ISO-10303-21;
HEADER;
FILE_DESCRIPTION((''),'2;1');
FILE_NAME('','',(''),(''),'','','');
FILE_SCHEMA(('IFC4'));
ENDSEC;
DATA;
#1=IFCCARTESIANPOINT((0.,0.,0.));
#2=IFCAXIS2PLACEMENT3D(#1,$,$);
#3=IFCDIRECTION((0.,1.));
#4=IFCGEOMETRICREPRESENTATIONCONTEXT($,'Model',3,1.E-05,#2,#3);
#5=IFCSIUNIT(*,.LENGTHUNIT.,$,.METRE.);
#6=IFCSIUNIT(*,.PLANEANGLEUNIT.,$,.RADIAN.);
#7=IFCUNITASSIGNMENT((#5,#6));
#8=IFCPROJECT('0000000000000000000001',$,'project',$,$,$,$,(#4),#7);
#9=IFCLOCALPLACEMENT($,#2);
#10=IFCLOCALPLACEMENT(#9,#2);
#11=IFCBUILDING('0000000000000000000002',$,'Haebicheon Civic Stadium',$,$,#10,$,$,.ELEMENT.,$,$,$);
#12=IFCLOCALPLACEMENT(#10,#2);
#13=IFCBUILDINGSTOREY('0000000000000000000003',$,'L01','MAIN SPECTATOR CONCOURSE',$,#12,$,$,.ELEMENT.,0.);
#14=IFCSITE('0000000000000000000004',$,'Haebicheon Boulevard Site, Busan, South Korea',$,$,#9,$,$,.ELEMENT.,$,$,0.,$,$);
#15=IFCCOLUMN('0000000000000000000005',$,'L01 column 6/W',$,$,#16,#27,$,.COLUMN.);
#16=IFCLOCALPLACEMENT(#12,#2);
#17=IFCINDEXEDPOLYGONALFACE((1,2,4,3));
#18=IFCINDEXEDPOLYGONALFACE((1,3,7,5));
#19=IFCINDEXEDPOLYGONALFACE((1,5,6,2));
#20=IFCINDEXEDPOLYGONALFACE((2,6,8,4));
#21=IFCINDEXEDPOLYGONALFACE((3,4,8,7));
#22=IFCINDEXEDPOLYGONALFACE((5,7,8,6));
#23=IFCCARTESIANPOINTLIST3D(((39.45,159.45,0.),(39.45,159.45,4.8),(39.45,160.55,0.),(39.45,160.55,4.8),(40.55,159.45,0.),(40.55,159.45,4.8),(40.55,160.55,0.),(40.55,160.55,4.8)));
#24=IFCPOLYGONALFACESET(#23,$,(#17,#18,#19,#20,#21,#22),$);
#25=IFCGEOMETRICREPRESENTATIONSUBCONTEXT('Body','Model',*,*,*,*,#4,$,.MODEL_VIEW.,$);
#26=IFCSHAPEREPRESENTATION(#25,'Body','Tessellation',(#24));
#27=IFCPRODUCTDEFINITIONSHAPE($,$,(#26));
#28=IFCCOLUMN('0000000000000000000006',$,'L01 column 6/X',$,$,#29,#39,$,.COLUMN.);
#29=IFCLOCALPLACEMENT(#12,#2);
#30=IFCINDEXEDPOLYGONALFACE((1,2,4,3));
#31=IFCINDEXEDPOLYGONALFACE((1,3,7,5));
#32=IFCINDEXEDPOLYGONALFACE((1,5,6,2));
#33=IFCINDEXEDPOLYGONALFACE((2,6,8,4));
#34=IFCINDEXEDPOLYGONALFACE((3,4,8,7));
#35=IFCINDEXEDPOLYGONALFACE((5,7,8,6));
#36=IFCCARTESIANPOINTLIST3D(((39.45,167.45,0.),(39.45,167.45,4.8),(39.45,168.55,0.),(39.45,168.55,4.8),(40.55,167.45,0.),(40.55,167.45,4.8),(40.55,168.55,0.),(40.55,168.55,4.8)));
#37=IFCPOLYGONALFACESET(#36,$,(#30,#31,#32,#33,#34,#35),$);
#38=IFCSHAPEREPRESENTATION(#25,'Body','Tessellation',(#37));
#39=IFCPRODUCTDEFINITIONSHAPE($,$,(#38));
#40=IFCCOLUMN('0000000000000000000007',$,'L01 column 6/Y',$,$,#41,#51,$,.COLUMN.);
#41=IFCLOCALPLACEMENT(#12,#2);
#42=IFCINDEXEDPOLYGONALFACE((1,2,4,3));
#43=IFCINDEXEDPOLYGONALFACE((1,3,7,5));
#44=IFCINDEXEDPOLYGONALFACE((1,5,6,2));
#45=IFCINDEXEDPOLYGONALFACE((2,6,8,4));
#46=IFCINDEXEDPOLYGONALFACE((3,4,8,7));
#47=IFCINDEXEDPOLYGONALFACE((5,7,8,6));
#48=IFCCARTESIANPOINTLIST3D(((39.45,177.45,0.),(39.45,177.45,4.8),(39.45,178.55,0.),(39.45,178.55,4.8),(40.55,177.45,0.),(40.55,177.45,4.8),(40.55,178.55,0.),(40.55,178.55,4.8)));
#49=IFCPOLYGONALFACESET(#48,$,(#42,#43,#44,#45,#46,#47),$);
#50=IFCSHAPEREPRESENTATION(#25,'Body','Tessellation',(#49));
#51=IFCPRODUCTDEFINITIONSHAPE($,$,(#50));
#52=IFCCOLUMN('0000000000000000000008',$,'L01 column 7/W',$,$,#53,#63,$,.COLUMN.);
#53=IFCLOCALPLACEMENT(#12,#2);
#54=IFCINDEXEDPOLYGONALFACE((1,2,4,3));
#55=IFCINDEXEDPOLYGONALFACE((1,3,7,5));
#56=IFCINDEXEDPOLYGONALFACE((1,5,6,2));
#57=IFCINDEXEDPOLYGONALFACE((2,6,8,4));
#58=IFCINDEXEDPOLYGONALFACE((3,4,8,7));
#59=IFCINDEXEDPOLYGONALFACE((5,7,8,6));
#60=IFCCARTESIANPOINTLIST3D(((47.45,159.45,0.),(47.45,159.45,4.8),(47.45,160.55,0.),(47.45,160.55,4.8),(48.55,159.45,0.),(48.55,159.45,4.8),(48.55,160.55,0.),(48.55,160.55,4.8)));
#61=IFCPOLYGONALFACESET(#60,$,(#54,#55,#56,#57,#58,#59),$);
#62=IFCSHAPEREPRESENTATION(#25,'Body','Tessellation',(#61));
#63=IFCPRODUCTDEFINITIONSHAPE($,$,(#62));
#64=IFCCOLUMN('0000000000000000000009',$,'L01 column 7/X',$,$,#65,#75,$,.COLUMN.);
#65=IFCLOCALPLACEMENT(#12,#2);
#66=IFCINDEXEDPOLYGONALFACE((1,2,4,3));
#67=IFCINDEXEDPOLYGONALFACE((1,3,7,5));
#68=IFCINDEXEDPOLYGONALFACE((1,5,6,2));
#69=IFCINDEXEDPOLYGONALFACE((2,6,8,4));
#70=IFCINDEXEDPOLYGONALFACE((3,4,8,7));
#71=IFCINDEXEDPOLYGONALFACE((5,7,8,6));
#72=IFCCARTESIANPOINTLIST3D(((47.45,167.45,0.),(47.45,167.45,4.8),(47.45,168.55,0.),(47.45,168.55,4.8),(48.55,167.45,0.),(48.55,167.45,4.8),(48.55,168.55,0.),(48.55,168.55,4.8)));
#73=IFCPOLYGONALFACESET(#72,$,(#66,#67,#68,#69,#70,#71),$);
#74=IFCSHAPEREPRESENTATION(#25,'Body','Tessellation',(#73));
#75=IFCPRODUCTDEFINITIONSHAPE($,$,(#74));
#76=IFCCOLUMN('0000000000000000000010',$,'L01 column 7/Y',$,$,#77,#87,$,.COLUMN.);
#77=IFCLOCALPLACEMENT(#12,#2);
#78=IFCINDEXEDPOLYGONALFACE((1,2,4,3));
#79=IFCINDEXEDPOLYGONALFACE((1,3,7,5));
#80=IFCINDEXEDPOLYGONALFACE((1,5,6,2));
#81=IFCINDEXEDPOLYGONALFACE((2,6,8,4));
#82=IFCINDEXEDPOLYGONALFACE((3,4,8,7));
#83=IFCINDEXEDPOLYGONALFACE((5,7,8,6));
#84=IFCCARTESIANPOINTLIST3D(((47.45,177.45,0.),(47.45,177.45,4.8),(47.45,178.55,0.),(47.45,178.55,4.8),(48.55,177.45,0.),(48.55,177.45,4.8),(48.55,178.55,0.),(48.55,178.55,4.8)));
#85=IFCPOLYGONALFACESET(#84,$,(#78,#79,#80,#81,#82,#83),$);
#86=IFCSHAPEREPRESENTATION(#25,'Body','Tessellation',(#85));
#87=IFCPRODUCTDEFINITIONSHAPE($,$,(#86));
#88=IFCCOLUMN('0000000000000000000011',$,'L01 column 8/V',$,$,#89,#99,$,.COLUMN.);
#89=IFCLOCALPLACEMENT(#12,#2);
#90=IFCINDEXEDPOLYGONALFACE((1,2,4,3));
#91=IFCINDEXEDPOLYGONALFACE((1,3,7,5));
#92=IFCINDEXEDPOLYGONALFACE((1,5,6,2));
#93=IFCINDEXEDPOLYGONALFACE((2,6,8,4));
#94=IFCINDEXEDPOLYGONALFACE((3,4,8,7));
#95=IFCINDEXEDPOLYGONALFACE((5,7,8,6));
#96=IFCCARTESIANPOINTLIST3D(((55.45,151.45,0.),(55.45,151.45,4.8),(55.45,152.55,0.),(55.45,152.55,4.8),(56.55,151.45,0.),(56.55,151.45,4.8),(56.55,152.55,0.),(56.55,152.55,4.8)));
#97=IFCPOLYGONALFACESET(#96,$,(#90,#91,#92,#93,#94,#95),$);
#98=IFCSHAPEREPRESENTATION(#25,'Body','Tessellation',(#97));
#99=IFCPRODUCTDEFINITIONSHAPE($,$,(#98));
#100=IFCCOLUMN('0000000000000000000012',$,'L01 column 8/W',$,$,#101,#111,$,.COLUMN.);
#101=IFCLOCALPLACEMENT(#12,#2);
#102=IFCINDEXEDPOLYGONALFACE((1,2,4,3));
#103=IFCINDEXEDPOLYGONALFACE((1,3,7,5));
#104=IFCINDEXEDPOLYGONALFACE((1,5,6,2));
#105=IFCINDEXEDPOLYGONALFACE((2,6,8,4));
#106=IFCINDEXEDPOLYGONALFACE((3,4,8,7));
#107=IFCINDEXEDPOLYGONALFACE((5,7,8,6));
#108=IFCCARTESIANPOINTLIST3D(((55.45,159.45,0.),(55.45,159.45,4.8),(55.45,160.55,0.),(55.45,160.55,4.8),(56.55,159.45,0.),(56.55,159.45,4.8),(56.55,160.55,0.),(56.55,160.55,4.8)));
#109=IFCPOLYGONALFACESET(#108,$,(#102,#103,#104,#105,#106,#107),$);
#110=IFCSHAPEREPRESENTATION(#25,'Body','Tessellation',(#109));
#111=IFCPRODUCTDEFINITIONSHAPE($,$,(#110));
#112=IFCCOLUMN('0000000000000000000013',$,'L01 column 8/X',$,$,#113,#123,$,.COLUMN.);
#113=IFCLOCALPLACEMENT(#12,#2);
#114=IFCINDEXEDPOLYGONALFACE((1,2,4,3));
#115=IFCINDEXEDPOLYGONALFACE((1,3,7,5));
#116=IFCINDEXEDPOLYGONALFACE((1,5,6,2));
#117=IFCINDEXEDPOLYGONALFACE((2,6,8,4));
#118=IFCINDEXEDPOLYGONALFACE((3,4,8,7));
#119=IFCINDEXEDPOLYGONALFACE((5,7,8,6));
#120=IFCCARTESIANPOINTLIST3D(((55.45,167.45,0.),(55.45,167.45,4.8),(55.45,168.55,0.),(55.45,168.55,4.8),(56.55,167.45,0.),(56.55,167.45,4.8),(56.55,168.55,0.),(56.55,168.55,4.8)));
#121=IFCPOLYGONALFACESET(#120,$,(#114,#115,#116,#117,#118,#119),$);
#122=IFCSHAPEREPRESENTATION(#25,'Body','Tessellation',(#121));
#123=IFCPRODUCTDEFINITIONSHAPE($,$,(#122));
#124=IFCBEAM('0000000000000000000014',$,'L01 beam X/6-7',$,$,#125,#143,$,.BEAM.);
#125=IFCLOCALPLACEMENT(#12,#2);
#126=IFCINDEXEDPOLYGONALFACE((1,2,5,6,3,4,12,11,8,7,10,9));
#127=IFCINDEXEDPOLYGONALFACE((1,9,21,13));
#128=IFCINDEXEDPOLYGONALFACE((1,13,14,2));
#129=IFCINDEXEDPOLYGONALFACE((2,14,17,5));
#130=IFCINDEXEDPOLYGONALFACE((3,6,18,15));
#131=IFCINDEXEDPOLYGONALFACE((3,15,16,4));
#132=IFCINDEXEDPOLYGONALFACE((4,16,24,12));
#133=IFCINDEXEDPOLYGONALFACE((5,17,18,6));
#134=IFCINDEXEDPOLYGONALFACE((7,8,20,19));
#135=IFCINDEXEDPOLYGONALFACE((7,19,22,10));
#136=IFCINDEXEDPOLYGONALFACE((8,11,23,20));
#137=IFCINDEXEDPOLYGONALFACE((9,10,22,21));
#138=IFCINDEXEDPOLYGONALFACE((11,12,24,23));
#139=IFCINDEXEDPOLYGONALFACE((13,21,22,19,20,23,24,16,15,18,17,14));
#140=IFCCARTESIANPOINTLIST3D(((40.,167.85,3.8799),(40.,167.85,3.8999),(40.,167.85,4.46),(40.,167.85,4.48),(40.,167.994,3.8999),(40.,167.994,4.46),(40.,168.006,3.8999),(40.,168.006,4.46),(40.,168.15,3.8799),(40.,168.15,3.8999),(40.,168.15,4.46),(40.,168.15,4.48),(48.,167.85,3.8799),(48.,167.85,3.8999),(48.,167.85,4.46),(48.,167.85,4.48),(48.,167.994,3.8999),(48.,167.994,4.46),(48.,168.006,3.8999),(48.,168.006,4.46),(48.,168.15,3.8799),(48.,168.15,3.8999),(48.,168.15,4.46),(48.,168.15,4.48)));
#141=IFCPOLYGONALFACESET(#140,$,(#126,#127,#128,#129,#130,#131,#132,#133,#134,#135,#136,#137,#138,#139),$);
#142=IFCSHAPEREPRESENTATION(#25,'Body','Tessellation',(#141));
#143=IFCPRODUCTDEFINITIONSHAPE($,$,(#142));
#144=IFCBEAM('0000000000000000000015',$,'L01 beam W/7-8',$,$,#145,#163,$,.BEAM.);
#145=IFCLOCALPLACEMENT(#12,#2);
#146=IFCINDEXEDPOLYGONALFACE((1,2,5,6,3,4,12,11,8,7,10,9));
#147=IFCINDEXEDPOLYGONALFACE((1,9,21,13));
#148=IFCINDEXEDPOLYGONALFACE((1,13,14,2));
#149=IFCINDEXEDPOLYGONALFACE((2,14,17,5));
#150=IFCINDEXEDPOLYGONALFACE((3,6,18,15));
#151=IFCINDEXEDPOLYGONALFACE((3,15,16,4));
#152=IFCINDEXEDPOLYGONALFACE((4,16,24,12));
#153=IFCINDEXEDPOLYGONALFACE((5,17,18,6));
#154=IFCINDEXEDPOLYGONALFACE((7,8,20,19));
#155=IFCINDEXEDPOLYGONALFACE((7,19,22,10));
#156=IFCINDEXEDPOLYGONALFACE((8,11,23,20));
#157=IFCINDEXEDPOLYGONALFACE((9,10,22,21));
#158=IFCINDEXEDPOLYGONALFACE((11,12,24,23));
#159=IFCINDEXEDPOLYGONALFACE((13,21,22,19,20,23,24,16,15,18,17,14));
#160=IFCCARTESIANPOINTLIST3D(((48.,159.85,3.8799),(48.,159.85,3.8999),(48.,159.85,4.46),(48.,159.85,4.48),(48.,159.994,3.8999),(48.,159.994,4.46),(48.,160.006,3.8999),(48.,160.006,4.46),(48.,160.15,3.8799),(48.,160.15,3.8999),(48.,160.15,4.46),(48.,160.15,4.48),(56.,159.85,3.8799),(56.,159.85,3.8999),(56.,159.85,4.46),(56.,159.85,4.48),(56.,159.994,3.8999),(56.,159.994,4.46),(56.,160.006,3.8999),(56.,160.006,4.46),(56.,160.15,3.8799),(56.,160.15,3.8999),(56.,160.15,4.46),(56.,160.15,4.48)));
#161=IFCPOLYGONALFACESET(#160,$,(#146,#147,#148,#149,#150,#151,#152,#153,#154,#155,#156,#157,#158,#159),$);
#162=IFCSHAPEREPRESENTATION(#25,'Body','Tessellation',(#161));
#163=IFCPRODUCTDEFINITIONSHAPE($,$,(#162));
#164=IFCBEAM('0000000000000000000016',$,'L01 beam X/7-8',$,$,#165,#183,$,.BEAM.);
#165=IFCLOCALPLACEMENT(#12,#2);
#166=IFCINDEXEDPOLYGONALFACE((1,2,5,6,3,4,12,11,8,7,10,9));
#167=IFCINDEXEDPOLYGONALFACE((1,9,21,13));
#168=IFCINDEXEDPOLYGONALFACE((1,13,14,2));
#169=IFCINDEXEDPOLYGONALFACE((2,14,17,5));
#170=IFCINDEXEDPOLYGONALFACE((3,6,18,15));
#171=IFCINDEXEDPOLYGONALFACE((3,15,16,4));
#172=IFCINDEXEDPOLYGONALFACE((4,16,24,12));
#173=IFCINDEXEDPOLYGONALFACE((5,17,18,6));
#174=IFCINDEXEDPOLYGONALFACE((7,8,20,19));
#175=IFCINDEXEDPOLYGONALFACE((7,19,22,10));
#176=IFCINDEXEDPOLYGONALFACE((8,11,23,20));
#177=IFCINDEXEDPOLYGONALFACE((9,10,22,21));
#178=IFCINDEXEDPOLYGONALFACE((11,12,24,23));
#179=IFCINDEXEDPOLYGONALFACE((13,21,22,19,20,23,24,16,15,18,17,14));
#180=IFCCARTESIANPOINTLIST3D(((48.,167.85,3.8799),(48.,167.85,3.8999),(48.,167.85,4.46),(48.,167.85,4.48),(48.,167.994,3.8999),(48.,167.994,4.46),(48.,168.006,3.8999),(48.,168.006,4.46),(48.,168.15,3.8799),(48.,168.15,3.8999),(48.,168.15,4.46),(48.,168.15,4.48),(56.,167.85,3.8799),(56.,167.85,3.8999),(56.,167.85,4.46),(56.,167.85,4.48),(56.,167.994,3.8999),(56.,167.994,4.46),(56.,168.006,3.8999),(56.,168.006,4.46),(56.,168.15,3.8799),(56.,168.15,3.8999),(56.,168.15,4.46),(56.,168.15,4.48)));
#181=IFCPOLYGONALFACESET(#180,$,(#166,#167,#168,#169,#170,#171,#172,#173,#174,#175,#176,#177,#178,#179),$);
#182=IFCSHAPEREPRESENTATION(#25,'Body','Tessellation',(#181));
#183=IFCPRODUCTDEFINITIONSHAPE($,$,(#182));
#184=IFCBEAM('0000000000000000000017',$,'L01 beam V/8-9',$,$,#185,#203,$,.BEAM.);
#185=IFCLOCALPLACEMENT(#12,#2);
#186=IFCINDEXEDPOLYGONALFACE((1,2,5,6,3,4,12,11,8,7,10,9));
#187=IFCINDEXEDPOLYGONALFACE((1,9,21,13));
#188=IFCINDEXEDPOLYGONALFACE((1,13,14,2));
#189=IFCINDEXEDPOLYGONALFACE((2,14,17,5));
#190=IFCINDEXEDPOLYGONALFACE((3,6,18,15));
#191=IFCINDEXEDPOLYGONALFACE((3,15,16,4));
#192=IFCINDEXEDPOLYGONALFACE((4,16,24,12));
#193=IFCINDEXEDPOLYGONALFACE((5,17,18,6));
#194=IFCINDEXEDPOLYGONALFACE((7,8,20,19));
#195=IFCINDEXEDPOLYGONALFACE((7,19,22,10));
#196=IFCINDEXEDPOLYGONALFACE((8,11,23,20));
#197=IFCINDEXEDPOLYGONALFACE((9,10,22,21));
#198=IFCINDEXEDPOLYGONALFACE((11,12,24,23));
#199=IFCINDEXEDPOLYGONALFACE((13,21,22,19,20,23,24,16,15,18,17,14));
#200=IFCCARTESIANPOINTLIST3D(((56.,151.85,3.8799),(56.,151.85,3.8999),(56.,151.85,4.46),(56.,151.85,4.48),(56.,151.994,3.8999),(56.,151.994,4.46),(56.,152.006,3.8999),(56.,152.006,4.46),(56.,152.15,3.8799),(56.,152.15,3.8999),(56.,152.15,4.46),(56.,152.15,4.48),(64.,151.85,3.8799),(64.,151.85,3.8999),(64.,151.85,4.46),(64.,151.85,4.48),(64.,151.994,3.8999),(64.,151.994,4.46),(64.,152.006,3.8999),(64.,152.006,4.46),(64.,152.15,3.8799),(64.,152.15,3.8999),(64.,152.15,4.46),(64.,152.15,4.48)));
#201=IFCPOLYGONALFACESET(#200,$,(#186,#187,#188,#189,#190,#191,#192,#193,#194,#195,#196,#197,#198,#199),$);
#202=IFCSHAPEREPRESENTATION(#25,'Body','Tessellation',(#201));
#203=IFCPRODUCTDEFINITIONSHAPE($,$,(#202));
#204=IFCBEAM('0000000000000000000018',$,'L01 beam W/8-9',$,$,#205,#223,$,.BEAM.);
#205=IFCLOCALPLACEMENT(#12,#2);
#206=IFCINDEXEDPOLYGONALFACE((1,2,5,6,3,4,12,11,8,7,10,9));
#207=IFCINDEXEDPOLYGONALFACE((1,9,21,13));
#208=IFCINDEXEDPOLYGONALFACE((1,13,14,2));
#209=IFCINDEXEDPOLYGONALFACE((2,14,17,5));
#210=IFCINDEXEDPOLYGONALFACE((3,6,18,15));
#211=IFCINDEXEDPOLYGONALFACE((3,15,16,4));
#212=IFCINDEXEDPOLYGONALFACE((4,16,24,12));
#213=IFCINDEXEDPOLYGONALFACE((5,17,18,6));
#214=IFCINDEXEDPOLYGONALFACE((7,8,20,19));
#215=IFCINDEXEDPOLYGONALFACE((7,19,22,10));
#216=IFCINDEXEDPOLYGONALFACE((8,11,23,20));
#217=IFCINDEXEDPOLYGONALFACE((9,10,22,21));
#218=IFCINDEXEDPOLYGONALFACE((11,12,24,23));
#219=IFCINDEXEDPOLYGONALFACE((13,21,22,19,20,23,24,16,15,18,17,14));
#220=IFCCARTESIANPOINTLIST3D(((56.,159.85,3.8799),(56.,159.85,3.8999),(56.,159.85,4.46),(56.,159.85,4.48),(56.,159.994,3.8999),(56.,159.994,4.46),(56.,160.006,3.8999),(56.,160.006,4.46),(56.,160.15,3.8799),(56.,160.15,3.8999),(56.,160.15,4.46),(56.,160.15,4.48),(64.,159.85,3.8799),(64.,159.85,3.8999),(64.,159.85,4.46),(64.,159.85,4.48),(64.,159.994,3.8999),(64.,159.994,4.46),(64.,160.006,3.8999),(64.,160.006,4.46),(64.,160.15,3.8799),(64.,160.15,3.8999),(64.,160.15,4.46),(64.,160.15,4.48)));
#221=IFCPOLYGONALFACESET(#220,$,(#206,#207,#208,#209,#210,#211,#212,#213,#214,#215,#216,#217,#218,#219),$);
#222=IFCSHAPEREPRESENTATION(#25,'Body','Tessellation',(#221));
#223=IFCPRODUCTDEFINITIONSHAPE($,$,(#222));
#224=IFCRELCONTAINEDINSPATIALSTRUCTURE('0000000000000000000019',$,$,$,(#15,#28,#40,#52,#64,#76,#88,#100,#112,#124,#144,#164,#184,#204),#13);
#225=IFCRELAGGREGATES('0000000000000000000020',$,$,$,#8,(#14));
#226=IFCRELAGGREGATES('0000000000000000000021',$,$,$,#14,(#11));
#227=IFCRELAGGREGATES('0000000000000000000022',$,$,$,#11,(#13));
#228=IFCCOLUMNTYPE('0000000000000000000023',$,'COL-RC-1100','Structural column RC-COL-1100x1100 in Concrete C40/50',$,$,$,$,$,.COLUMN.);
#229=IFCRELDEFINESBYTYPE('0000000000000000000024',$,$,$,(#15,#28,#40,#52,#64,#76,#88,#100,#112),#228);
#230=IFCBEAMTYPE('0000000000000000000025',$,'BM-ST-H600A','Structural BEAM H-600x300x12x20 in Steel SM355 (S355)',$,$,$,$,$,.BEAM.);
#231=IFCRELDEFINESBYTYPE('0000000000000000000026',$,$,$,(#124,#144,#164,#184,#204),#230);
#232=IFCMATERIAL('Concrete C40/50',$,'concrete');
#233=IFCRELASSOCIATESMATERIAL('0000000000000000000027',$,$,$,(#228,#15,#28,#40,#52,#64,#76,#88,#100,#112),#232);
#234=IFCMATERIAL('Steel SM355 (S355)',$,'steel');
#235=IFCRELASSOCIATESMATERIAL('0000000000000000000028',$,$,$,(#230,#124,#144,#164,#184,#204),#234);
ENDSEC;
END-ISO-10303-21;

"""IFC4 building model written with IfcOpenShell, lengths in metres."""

from ifc_helpers import new_model, si_unit, direction, frame, origin, origin_2d, place, context, subcontext, project, spatial, rectangle, i_section, extrude, material, material_profile, profile_set, type_object, element, save


model = new_model("IFC4")

# Units and contexts
model_context = context("Model", 3, precision=1e-05, world=origin(), true_north=direction((0.0, 1.0)))
body_context = subcontext(model_context, "Body", "Model", "MODEL_VIEW")
ifc_project = project(units=[si_unit("LENGTHUNIT", "METRE"), si_unit("PLANEANGLEUNIT", "RADIAN")], contexts=[model_context])

# Site, building, storey
site_placement = place(None, origin())
site = spatial("IfcSite", under=ifc_project, at=site_placement, Name="Haebicheon Boulevard Site, Busan, South Korea", CompositionType="ELEMENT", RefElevation=0.0)
building_placement = place(site_placement, origin())
building = spatial("IfcBuilding", under=site, at=building_placement, Name="Haebicheon Civic Stadium", CompositionType="ELEMENT")
storey_placement = place(building_placement, origin())
storey = spatial("IfcBuildingStorey", under=building, at=storey_placement, Name="L01", Description="MAIN SPECTATOR CONCOURSE", CompositionType="ELEMENT", Elevation=0.0)

# Columns
ifc_material_1 = material(Name="Concrete C40/50", Category="concrete")
ifc_material_profile_1 = material_profile(ifc_material_1, rectangle(XDim=1.1001, YDim=1.1001, at=origin_2d()), Name="RC-COL-1100x1100")
ifc_profile_set_1 = profile_set([ifc_material_profile_1], Name="Concrete C40/50")
column_type = type_object("IfcColumnType", Name="COL-RC-1100", Description="Structural column RC-COL-1100x1100 in Concrete C40/50", PredefinedType="COLUMN", material=ifc_profile_set_1)
for number, where, z_axis, x_axis, name in (
    (1, (40.0, 160.0, 0.0), (0.0, 0.0, 1.0), (1.0, 0.0, 0.0), "L01 column 6/W"),
    (2, (40.0, 168.0, 0.0), (0.0, 0.0, 1.0), (1.0, 0.0, 0.0), "L01 column 6/X"),
    (3, (40.0, 178.0, 0.0), (0.0, 0.0, 1.0), (1.0, 0.0, 0.0), "L01 column 6/Y"),
    (4, (48.0, 160.0, 0.0), (0.0, 0.0, 1.0), (1.0, 0.0, 0.0), "L01 column 7/W"),
    (5, (48.0, 168.0, 0.0), (0.0, 0.0, 1.0), (1.0, 0.0, 0.0), "L01 column 7/X"),
    (6, (48.0, 178.0, 0.0), (0.0, 0.0, 1.0), (1.0, 0.0, 0.0), "L01 column 7/Y"),
    (7, (56.0, 152.0, 0.0), (0.0, 0.0, 1.0), (1.0, 0.0, 0.0), "L01 column 8/V"),
    (8, (56.0, 160.0, 0.0), (0.0, 0.0, 1.0), (1.0, 0.0, 0.0), "L01 column 8/W"),
    (9, (56.0, 168.0, 0.0), (0.0, 0.0, 1.0), (1.0, 0.0, 0.0), "L01 column 8/X"),
):
    element("IfcColumn", number, at=place(storey_placement, frame(where, z_axis=z_axis, x_axis=x_axis)), inside=storey, type_object=column_type, material=ifc_profile_set_1, Name=name, PredefinedType="COLUMN", context=body_context, shape_type="SweptSolid", body=[
        extrude(rectangle(XDim=1.1001, YDim=1.1001, at=origin_2d()), origin(), (0.0, 0.0, 1.0), 4.8),
    ])

# Beams
ifc_material_2 = material(Name="Steel SM355 (S355)", Category="steel")
ifc_material_profile_2 = material_profile(ifc_material_2, i_section(OverallWidth=0.3, OverallDepth=0.6001, WebThickness=0.012, FlangeThickness=0.02, at=origin_2d()), Name="H-600x300x12x20")
ifc_profile_set_2 = profile_set([ifc_material_profile_2], Name="Steel SM355 (S355)")
beam_type_1 = type_object("IfcBeamType", Name="BM-ST-H600A", Description="Structural BEAM H-600x300x12x20 in Steel SM355 (S355)", PredefinedType="BEAM", material=ifc_profile_set_2)
for number, where, z_axis, x_axis, name in (
    (10, (40.0, 168.0, 4.1799), (1.0, 0.0, 0.0), (0.0, 1.0, 0.0), "L01 beam X/6-7"),
    (11, (48.0, 160.0, 4.1799), (1.0, 0.0, 0.0), (0.0, 1.0, 0.0), "L01 beam W/7-8"),
    (12, (48.0, 168.0, 4.1799), (1.0, 0.0, 0.0), (0.0, 1.0, 0.0), "L01 beam X/7-8"),
    (13, (56.0, 152.0, 4.1799), (1.0, 0.0, 0.0), (0.0, 1.0, 0.0), "L01 beam V/8-9"),
    (14, (56.0, 160.0, 4.1799), (1.0, 0.0, 0.0), (0.0, 1.0, 0.0), "L01 beam W/8-9"),
):
    element("IfcBeam", number, at=place(storey_placement, frame(where, z_axis=z_axis, x_axis=x_axis)), inside=storey, type_object=beam_type_1, material=ifc_profile_set_2, Name=name, PredefinedType="BEAM", context=body_context, shape_type="SweptSolid", body=[
        extrude(i_section(OverallWidth=0.3, OverallDepth=0.6001, WebThickness=0.012, FlangeThickness=0.02, at=origin_2d()), origin(), (0.0, 0.0, 1.0), 8.0),
    ])

save(model, "model.ifc")
